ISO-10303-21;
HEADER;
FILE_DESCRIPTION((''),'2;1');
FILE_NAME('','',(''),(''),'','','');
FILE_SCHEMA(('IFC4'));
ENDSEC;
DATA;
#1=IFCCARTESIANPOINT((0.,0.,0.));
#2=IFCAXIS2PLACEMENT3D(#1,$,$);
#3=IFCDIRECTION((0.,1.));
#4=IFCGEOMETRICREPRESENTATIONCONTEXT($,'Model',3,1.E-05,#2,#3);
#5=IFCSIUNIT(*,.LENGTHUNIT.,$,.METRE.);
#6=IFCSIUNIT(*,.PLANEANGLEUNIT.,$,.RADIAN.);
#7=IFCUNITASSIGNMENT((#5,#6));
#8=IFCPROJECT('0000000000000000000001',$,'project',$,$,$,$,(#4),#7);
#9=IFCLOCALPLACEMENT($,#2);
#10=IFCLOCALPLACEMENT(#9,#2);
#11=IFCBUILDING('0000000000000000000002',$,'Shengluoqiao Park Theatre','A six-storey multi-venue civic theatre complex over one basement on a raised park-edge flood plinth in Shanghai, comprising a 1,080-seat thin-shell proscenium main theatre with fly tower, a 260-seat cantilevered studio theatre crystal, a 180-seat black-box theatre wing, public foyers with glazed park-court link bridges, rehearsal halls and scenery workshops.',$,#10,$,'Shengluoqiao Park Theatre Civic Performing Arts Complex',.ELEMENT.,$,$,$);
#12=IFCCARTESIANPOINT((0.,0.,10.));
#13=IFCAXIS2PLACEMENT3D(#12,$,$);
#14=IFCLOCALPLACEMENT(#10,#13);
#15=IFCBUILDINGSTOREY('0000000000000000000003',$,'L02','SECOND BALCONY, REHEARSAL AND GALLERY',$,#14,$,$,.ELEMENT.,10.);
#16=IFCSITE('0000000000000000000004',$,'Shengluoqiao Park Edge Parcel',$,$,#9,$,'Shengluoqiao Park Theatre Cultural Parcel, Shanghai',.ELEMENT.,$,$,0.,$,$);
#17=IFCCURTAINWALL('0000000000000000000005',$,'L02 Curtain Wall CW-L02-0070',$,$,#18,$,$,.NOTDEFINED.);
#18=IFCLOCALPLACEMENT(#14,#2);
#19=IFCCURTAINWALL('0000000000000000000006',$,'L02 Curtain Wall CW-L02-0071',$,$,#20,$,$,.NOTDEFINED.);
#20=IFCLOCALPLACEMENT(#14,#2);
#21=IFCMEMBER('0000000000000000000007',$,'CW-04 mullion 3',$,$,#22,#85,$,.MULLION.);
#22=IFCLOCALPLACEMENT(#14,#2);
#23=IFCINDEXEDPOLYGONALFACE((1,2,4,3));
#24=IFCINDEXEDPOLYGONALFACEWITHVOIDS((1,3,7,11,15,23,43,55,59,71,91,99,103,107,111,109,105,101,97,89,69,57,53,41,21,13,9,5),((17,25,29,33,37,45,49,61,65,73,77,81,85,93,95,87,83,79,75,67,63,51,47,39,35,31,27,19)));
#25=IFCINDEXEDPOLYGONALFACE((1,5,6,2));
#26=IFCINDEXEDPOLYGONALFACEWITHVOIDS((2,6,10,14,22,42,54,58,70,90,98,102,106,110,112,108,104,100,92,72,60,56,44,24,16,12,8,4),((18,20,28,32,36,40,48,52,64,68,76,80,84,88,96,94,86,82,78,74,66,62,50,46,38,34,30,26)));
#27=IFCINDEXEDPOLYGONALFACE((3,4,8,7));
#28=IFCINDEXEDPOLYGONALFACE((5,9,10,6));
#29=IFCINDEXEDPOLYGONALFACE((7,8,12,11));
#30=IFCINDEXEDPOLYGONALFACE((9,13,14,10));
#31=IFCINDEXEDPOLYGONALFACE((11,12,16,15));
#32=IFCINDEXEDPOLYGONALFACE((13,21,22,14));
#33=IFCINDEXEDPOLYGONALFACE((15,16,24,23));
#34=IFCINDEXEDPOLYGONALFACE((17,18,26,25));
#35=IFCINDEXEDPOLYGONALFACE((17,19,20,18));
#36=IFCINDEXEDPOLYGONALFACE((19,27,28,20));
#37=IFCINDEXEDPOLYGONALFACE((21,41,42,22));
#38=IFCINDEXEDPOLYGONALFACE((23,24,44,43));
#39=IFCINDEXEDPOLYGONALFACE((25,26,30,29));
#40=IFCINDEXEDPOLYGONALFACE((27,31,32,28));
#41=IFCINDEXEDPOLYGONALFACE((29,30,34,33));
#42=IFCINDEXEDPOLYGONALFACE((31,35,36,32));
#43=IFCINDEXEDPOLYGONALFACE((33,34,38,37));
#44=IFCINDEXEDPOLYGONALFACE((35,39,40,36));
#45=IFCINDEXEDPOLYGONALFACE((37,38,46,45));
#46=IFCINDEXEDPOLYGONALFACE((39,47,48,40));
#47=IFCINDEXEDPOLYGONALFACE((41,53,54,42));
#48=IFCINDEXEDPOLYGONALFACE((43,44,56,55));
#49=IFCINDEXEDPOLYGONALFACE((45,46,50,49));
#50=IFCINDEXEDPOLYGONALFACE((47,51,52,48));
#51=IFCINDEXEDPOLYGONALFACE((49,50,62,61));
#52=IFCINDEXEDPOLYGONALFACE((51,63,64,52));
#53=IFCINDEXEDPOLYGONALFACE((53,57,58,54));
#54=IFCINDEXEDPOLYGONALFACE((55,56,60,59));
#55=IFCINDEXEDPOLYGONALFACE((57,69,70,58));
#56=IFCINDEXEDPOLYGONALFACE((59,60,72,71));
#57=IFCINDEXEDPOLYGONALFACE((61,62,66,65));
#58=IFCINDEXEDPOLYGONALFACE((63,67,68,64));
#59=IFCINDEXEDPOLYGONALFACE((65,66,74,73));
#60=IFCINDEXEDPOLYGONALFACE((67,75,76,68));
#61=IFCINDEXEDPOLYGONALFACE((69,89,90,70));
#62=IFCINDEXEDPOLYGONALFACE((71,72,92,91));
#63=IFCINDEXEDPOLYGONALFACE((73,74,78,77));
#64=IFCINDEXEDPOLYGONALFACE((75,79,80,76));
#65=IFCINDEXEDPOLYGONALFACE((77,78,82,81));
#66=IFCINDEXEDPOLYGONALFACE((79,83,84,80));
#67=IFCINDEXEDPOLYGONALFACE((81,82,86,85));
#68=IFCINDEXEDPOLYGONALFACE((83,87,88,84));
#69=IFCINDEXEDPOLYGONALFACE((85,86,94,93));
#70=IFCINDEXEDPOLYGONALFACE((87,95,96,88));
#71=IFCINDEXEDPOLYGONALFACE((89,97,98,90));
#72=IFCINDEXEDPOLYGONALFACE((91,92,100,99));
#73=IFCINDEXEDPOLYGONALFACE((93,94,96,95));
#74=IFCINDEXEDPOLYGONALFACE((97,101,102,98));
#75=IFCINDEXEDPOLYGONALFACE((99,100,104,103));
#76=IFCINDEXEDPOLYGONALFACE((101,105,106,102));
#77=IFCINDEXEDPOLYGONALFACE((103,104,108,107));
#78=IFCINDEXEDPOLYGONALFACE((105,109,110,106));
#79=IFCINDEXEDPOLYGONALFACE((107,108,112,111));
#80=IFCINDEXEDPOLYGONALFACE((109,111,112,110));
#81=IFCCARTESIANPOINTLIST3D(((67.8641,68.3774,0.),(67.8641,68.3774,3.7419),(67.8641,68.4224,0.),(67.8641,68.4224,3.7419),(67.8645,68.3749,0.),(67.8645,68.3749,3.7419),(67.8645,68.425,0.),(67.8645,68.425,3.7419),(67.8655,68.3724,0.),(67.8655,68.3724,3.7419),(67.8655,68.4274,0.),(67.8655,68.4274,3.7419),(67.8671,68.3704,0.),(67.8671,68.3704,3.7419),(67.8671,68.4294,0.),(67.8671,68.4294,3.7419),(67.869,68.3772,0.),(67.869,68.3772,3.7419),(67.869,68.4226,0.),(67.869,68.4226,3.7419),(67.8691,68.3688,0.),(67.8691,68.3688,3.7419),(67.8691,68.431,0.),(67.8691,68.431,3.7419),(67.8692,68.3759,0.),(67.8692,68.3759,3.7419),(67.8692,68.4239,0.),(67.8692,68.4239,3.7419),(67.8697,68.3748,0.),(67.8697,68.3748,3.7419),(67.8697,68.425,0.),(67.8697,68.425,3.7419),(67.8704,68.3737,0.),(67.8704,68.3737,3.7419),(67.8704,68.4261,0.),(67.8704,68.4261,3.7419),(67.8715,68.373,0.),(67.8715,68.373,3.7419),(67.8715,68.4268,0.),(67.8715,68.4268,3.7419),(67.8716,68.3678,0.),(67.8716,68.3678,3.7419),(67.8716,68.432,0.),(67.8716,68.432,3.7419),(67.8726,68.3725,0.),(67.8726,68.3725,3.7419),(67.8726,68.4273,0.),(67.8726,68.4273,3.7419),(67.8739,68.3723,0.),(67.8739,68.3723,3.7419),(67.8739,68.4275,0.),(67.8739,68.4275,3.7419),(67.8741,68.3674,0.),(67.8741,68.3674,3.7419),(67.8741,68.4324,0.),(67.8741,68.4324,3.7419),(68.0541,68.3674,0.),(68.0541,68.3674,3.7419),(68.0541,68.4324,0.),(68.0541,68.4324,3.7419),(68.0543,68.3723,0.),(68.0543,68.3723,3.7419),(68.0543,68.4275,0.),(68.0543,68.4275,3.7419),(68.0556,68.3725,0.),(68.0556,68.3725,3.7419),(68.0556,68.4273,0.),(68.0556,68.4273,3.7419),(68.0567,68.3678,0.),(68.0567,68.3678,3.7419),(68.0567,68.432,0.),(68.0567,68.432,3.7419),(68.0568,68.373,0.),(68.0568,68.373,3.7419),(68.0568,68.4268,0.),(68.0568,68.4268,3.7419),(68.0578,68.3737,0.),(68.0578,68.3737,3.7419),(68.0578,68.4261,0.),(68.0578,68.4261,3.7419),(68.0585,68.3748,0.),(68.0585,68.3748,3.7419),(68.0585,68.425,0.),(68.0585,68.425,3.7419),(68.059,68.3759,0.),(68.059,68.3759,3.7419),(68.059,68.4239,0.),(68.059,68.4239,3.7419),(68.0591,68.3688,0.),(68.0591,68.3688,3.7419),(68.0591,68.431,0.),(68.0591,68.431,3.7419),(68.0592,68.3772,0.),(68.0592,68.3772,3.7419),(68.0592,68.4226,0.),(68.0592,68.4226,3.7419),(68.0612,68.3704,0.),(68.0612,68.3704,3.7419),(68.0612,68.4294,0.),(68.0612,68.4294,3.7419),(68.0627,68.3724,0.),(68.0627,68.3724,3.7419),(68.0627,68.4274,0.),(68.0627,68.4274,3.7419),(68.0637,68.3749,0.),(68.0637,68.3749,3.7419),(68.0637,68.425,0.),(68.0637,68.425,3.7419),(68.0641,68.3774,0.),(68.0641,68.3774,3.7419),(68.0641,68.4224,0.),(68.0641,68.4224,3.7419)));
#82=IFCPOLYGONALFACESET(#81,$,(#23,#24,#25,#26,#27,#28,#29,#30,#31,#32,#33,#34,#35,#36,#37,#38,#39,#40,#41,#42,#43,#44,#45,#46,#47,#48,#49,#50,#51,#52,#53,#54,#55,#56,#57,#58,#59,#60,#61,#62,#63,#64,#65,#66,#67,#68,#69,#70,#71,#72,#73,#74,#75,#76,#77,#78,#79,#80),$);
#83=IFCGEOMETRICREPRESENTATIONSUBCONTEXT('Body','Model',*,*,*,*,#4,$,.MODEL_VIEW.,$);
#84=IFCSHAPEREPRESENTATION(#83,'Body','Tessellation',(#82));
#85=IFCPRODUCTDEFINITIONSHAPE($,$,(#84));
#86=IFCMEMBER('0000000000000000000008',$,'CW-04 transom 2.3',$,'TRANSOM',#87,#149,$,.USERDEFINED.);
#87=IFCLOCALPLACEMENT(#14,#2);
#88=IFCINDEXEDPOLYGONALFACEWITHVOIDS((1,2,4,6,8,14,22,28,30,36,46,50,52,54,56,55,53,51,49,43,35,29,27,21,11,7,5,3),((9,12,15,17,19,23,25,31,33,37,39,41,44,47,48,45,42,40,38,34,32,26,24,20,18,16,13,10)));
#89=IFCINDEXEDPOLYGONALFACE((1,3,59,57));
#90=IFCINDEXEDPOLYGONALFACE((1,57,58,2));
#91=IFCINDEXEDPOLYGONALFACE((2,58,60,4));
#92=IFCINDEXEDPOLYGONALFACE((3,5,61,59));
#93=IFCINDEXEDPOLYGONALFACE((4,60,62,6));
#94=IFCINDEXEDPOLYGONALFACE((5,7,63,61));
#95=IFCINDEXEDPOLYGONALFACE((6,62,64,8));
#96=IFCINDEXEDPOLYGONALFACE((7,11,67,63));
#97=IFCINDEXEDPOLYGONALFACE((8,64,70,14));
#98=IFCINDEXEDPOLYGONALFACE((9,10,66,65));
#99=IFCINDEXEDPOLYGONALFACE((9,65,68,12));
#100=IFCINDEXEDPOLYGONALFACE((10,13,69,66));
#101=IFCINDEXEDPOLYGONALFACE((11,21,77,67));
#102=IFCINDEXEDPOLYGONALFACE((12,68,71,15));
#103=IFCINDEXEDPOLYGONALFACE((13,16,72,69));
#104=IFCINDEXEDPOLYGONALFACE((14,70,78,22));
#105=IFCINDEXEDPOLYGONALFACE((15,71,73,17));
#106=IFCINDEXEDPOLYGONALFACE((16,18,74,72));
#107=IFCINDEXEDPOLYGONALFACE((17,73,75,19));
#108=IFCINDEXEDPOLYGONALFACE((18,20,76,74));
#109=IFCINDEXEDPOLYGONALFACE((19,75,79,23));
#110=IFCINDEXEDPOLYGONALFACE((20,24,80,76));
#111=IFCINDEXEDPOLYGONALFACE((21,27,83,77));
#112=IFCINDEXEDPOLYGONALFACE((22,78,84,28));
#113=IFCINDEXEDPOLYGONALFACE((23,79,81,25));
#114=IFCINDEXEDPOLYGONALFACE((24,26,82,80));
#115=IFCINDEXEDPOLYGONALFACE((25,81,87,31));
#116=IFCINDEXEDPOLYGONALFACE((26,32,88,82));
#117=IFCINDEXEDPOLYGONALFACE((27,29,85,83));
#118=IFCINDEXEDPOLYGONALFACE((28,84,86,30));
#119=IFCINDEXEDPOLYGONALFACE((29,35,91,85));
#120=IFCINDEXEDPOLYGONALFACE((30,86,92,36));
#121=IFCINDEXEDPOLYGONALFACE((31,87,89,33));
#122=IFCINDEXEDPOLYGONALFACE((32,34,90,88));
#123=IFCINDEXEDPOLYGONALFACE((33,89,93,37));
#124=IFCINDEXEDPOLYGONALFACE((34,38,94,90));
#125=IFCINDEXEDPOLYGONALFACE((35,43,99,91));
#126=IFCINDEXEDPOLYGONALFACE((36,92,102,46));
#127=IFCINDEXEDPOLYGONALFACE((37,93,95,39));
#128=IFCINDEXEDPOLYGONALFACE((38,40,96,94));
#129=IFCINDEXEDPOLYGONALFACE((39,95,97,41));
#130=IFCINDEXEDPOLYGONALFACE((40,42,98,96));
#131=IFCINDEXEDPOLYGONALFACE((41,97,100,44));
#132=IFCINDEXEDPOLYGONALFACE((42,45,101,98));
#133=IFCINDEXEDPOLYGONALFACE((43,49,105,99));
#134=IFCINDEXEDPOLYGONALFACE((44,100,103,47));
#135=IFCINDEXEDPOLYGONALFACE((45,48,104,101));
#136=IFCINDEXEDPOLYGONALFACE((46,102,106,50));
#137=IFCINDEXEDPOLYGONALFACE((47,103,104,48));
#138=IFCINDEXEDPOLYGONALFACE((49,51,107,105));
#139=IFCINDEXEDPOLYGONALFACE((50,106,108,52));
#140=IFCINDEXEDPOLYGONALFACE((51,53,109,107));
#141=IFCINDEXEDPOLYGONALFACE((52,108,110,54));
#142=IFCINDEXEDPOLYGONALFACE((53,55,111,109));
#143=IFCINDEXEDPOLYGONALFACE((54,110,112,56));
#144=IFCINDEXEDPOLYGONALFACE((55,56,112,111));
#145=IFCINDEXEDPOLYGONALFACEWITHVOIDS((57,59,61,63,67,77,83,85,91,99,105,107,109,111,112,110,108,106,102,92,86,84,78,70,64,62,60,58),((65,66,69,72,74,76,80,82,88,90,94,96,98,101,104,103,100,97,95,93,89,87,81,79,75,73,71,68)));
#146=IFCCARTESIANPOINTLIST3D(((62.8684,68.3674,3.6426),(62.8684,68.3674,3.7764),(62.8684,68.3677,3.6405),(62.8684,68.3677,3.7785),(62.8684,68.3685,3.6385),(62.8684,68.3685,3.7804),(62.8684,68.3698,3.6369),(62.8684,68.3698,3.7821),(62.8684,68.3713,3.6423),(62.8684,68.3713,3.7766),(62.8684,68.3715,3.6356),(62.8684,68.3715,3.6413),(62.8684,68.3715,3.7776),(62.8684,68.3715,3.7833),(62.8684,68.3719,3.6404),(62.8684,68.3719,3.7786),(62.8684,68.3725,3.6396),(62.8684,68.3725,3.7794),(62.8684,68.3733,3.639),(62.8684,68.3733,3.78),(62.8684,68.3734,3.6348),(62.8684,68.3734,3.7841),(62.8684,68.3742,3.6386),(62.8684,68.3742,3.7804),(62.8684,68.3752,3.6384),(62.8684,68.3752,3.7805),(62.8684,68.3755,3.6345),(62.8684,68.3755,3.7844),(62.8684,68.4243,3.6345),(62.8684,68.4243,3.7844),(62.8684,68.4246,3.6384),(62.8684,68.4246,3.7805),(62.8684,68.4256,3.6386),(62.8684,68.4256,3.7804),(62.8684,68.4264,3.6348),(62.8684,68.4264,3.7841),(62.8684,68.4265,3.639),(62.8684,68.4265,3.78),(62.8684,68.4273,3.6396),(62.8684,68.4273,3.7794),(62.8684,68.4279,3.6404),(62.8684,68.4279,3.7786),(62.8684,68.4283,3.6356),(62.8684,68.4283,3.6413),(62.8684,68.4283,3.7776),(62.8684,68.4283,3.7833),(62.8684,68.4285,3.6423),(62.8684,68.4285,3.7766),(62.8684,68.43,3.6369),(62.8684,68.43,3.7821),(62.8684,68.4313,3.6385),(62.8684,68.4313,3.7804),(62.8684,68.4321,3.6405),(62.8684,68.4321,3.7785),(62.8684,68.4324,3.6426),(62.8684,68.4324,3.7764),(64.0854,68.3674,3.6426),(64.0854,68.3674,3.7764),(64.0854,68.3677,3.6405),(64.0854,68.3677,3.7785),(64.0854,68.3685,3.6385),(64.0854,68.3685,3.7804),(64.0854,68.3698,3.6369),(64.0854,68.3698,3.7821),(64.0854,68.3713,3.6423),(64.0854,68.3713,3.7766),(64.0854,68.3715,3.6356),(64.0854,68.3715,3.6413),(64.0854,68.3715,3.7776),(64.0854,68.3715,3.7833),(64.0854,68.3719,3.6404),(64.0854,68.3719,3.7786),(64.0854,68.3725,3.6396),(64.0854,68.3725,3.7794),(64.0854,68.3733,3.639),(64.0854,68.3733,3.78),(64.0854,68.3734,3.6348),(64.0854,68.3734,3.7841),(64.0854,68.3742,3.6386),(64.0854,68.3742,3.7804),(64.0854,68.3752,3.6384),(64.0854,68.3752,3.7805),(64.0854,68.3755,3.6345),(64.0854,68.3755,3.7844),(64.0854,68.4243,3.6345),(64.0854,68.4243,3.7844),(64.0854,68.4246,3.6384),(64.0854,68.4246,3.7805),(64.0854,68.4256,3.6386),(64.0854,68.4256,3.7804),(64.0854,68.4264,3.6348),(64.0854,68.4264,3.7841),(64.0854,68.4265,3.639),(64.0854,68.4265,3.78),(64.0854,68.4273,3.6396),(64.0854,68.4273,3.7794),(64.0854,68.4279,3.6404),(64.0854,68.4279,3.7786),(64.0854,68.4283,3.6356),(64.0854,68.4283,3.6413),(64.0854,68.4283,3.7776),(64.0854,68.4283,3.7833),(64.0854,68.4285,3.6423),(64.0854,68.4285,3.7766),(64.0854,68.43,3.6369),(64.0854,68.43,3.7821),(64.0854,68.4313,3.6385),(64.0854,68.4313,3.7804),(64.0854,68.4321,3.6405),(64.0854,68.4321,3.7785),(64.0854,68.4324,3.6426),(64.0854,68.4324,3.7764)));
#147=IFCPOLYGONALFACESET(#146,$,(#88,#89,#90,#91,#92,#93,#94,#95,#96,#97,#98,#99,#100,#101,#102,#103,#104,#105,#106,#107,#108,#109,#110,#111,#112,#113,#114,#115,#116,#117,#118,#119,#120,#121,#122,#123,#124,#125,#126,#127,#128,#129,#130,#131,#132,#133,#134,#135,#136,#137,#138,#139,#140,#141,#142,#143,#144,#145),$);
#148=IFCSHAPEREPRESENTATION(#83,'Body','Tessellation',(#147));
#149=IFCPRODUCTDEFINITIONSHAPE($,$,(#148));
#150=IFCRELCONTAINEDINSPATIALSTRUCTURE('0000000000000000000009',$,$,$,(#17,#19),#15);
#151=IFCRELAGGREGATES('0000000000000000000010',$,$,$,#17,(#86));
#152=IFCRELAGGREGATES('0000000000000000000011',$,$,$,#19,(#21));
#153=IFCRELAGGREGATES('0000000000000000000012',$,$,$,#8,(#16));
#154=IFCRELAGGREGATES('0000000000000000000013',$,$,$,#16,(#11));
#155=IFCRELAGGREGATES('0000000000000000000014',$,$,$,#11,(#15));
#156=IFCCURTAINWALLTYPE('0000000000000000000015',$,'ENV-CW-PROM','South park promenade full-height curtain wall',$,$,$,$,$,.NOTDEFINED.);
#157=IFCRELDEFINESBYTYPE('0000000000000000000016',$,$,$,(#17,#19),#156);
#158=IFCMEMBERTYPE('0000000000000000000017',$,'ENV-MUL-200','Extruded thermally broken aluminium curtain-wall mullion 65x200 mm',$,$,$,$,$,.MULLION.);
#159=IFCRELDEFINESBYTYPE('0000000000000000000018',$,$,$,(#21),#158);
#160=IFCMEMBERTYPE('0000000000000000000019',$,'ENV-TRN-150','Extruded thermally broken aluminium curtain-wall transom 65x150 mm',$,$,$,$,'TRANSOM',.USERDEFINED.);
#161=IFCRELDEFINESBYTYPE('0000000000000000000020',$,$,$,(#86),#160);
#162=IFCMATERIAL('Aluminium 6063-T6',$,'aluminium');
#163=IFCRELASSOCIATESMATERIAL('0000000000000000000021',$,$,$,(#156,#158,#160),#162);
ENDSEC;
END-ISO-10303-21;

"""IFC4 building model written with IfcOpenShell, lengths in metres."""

from ifc_helpers import new_model, si_unit, direction, frame, origin, origin_2d, place, context, subcontext, project, spatial, hollow_rectangle, extrude, material, material_profile, profile_set, type_object, element, aggregate, save


model = new_model("IFC4")

# Units and contexts
model_context = context("Model", 3, precision=1e-05, world=origin(), true_north=direction((0.0, 1.0)))
body_context = subcontext(model_context, "Body", "Model", "MODEL_VIEW")
ifc_project = project(units=[si_unit("LENGTHUNIT", "METRE"), si_unit("PLANEANGLEUNIT", "RADIAN")], contexts=[model_context])

# Site, building, storey
site_placement = place(None, origin())
site = spatial("IfcSite", under=ifc_project, at=site_placement, Name="Shengluoqiao Park Edge Parcel", LongName="Shengluoqiao Park Theatre Cultural Parcel, Shanghai", CompositionType="ELEMENT", RefElevation=0.0)
building_placement = place(site_placement, origin())
building = spatial("IfcBuilding", under=site, at=building_placement, Name="Shengluoqiao Park Theatre", Description="A six-storey multi-venue civic theatre complex over one basement on a raised park-edge flood plinth in Shanghai, comprising a 1,080-seat thin-shell proscenium main theatre with fly tower, a 260-seat cantilevered studio theatre crystal, a 180-seat black-box theatre wing, public foyers with glazed park-court link bridges, rehearsal halls and scenery workshops.", LongName="Shengluoqiao Park Theatre Civic Performing Arts Complex", CompositionType="ELEMENT")
storey_placement = place(building_placement, frame((0.0, 0.0, 10.0)))
storey = spatial("IfcBuildingStorey", under=building, at=storey_placement, Name="L02", Description="SECOND BALCONY, REHEARSAL AND GALLERY", CompositionType="ELEMENT", Elevation=10.0)

# Curtain walls, member
ifc_material_1 = material(Name="Aluminium 6063-T6", Category="aluminium")
curtain_wall_type = type_object("IfcCurtainWallType", Name="ENV-CW-PROM", Description="South park promenade full-height curtain wall", PredefinedType="NOTDEFINED", material=ifc_material_1)
curtain_wall_1_placement = place(storey_placement, origin())
curtain_wall_1 = element("IfcCurtainWall", 1, at=curtain_wall_1_placement, inside=storey, type_object=curtain_wall_type, Name="L02 Curtain Wall CW-L02-0070", PredefinedType="NOTDEFINED")
ifc_material_profile_1 = material_profile(ifc_material_1, hollow_rectangle(XDim=0.0649, YDim=0.2, WallThickness=0.0049, InnerFilletRadius=0.0049, OuterFilletRadius=0.01, at=origin_2d()), Name="ALU MULLION 200x65x5")
ifc_profile_set_1 = profile_set([ifc_material_profile_1], Name="Aluminium 6063-T6")
member_type_1 = type_object("IfcMemberType", Name="ENV-MUL-200", Description="Extruded thermally broken aluminium curtain-wall mullion 65x200 mm", PredefinedType="MULLION", material=ifc_profile_set_1)
curtain_wall_2_placement = place(storey_placement, origin())
curtain_wall_2 = element("IfcCurtainWall", 2, at=curtain_wall_2_placement, inside=storey, type_object=curtain_wall_type, Name="L02 Curtain Wall CW-L02-0071", PredefinedType="NOTDEFINED")
member_1_placement = place(storey_placement, frame((67.9641, 68.3999, 0.0), z_axis=(0.0, 0.0, 1.0), x_axis=(0.0, 1.0, 0.0)))
member_1 = element("IfcMember", 3, at=member_1_placement, type_object=member_type_1, Name="CW-04 mullion 3", PredefinedType="MULLION", context=body_context, shape_type="SweptSolid", body=[
    extrude(hollow_rectangle(XDim=0.0649, YDim=0.2, WallThickness=0.0049, InnerFilletRadius=0.0049, OuterFilletRadius=0.01, at=origin_2d()), origin(), (0.0, 0.0, 1.0), 3.7419),
])

# Member
ifc_material_profile_2 = material_profile(ifc_material_1, hollow_rectangle(XDim=0.0649, YDim=0.1499, WallThickness=0.0039, InnerFilletRadius=0.0039, OuterFilletRadius=0.0081, at=origin_2d()), Name="ALU TRANSOM 150x65x4")
ifc_profile_set_2 = profile_set([ifc_material_profile_2], Name="Aluminium 6063-T6")
member_type_2 = type_object("IfcMemberType", Name="ENV-TRN-150", Description="Extruded thermally broken aluminium curtain-wall transom 65x150 mm", ElementType="TRANSOM", PredefinedType="USERDEFINED", material=ifc_profile_set_2)
member_2_placement = place(storey_placement, frame((62.8684, 68.3999, 3.7095), z_axis=(1.0, 0.0, 0.0), x_axis=(0.0, 1.0, 0.0)))
member_2 = element("IfcMember", 4, at=member_2_placement, type_object=member_type_2, Name="CW-04 transom 2.3", ObjectType="TRANSOM", PredefinedType="USERDEFINED", context=body_context, shape_type="SweptSolid", body=[
    extrude(hollow_rectangle(XDim=0.0649, YDim=0.1499, WallThickness=0.0039, InnerFilletRadius=0.0039, OuterFilletRadius=0.0081, at=origin_2d()), origin(), (0.0, 0.0, 1.0), 1.217),
])

aggregate(curtain_wall_1, [member_2])
aggregate(curtain_wall_2, [member_1])

save(model, "model.ifc")
